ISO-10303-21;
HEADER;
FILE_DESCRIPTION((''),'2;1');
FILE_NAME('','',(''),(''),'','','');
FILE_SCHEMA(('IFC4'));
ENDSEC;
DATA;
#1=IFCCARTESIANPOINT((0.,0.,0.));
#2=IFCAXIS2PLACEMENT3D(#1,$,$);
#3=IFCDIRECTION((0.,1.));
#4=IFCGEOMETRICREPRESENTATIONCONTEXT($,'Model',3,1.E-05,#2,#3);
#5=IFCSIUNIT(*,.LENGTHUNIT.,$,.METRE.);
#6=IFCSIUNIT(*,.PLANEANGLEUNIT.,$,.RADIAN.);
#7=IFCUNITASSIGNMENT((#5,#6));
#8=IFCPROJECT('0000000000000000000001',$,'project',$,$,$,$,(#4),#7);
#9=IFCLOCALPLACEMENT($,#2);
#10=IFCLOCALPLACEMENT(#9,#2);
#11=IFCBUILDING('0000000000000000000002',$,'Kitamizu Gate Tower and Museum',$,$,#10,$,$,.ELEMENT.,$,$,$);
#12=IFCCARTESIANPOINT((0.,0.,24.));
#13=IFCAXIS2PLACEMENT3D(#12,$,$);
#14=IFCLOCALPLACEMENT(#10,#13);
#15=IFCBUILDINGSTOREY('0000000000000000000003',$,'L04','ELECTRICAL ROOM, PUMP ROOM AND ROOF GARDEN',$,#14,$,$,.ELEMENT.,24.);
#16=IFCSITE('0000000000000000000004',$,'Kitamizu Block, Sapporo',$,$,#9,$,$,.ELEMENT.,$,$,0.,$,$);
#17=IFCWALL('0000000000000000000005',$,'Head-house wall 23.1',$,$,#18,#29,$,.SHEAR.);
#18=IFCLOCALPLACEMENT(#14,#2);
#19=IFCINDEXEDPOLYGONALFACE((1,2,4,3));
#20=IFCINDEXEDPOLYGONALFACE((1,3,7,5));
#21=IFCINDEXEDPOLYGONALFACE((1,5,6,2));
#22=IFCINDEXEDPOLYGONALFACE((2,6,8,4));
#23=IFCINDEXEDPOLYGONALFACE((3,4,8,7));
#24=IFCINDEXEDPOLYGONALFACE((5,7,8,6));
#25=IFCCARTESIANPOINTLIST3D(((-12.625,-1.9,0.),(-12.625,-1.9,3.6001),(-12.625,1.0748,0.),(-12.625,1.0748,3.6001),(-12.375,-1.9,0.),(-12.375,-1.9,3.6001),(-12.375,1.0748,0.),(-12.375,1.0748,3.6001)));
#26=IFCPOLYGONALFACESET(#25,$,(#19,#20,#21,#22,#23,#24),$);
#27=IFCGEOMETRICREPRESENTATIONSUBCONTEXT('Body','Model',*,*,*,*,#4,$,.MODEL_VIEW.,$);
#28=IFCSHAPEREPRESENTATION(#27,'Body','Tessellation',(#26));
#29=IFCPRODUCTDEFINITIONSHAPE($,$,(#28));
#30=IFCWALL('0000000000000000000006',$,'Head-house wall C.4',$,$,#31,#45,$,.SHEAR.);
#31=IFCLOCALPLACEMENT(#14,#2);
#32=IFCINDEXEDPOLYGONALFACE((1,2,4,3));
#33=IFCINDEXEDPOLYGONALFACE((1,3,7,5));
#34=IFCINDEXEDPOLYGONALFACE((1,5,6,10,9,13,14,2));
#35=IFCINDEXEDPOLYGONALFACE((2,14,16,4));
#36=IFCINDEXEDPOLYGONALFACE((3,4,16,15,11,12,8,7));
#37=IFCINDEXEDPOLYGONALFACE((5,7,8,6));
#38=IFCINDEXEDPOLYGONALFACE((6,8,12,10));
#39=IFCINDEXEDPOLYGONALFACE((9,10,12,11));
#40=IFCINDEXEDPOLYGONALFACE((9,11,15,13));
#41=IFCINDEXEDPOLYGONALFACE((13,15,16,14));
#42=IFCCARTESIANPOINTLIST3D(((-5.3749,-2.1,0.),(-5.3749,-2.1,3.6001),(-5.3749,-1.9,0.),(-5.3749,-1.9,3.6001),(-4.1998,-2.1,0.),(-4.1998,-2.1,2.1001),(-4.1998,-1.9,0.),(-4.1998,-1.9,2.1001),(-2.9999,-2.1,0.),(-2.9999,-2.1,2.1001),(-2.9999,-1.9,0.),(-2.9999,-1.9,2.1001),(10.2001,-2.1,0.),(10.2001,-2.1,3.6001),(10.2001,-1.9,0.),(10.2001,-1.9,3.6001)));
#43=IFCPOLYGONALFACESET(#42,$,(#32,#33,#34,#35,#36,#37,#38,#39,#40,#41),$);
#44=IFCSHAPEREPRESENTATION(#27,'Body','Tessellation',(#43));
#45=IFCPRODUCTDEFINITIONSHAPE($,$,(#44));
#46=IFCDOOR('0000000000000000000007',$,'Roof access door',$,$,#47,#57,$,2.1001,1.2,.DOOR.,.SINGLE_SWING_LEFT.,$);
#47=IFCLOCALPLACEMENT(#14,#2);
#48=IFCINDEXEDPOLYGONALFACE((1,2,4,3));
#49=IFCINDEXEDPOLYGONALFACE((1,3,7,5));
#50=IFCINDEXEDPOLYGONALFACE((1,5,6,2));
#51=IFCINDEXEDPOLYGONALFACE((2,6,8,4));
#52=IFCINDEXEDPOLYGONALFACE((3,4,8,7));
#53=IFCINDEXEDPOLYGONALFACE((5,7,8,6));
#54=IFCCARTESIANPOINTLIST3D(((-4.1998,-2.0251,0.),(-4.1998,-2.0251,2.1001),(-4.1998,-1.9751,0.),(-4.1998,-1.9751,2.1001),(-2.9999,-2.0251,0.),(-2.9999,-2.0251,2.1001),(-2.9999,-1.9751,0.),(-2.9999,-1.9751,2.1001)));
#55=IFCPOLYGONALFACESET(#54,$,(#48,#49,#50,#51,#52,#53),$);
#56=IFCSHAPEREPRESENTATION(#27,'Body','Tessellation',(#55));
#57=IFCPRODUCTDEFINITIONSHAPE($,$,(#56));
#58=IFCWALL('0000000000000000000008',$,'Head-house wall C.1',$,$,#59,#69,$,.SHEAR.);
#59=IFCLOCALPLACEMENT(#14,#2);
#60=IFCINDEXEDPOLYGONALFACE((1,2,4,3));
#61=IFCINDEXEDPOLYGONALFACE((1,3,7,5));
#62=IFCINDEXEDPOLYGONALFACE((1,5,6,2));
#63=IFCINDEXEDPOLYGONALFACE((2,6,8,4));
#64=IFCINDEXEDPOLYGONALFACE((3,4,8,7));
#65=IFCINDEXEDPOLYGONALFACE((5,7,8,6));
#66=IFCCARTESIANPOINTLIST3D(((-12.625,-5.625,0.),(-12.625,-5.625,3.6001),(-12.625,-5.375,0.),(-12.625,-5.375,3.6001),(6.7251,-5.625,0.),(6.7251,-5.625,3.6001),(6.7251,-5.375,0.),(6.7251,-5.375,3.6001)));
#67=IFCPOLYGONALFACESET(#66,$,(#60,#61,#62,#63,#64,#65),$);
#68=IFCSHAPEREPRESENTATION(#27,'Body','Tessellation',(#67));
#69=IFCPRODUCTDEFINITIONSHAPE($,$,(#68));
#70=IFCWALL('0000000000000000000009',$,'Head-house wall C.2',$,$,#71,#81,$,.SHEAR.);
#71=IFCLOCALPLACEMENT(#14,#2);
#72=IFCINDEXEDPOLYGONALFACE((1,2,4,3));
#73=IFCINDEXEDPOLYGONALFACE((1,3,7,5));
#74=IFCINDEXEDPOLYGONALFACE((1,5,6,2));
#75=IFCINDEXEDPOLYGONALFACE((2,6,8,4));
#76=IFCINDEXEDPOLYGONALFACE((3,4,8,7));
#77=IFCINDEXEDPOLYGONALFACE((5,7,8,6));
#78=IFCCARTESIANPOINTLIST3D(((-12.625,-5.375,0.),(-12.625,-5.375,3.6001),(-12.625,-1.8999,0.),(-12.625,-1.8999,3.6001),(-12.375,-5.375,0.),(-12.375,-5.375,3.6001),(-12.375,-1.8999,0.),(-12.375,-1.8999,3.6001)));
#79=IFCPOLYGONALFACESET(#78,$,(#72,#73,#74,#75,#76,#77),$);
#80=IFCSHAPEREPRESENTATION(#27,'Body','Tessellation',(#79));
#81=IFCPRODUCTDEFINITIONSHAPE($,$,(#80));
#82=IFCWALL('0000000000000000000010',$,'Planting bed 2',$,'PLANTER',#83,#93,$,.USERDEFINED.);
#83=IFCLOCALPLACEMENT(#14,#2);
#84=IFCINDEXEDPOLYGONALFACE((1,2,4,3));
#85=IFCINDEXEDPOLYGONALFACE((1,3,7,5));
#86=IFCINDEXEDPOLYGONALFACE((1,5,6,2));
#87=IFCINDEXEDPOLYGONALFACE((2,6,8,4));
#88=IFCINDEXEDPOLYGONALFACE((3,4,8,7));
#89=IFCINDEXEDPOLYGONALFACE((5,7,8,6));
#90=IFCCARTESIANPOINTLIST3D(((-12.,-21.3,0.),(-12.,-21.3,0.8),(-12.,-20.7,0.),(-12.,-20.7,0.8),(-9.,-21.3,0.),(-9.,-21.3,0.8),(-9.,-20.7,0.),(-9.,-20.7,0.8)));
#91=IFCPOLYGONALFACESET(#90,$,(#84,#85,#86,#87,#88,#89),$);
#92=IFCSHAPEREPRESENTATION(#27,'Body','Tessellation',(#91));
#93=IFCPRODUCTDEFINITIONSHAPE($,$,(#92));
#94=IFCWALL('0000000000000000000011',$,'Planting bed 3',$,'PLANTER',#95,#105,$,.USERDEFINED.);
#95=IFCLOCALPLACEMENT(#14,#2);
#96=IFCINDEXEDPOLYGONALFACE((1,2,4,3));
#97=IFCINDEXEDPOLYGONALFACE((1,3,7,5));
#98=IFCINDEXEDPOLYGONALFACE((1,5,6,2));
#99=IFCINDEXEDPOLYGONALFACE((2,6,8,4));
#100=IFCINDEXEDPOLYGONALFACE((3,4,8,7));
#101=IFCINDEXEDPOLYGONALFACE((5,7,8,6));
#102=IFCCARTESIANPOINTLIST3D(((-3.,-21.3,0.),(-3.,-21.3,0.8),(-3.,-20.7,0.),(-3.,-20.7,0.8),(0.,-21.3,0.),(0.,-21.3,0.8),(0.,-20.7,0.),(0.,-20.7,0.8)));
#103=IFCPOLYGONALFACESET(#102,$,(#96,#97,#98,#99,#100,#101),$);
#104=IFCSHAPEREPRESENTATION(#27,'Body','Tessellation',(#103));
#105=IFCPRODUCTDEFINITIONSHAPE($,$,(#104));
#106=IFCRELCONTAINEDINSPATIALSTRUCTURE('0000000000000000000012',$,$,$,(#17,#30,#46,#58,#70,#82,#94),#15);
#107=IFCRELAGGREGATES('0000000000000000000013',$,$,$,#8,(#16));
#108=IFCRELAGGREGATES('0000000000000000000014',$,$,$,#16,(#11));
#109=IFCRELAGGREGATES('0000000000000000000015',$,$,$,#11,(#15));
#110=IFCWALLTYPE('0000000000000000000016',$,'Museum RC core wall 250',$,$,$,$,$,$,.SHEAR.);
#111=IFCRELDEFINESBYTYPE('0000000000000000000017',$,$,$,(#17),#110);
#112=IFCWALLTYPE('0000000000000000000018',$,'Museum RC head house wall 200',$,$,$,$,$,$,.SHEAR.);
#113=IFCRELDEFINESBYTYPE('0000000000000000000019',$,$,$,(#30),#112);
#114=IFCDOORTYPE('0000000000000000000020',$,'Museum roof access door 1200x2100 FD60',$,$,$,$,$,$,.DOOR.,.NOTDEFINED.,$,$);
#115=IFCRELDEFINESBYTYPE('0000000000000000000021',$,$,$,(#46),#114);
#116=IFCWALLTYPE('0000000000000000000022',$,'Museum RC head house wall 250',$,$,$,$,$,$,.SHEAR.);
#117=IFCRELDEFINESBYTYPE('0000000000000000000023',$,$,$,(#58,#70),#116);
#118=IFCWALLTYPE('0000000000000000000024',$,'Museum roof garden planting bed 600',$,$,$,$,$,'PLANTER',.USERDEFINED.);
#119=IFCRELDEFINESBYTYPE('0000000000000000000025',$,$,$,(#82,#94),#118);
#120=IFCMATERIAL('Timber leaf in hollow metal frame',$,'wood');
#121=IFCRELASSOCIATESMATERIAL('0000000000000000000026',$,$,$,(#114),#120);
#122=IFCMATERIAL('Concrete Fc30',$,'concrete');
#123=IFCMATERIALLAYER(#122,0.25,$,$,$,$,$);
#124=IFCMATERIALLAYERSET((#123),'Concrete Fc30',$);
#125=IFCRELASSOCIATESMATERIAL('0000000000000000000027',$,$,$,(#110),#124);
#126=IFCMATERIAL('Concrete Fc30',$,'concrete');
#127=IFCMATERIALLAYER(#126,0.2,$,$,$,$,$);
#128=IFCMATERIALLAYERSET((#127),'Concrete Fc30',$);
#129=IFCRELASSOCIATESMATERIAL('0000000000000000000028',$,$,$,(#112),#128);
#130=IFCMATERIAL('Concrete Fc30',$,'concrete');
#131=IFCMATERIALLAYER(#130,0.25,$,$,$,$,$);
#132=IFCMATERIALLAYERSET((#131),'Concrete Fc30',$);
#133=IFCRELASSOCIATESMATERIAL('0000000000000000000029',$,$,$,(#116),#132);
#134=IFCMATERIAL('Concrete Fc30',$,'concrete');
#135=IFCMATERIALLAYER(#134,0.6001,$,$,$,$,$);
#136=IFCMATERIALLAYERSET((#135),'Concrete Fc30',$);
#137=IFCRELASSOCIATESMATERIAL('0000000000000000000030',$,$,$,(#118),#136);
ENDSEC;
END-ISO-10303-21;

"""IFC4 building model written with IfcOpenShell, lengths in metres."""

from ifc_helpers import new_model, si_unit, direction, frame, frame_2d, origin, place, context, subcontext, project, spatial, rectangle, extrude, material, layer, layer_set, type_object, element, fill, save


model = new_model("IFC4")

# Units and contexts
model_context = context("Model", 3, precision=1e-05, world=origin(), true_north=direction((0.0, 1.0)))
body_context = subcontext(model_context, "Body", "Model", "MODEL_VIEW")
ifc_project = project(units=[si_unit("LENGTHUNIT", "METRE"), si_unit("PLANEANGLEUNIT", "RADIAN")], contexts=[model_context])

# Site, building, storey
site_placement = place(None, origin())
site = spatial("IfcSite", under=ifc_project, at=site_placement, Name="Kitamizu Block, Sapporo", CompositionType="ELEMENT", RefElevation=0.0)
building_placement = place(site_placement, origin())
building = spatial("IfcBuilding", under=site, at=building_placement, Name="Kitamizu Gate Tower and Museum", CompositionType="ELEMENT")
storey_placement = place(building_placement, frame((0.0, 0.0, 24.0)))
storey = spatial("IfcBuildingStorey", under=building, at=storey_placement, Name="L04", Description="ELECTRICAL ROOM, PUMP ROOM AND ROOF GARDEN", CompositionType="ELEMENT", Elevation=24.0)

# Shared definitions
ifc_material_1 = material(Name="Timber leaf in hollow metal frame", Category="wood")
door_type = type_object("IfcDoorType", Name="Museum roof access door 1200x2100 FD60", OperationType="NOTDEFINED", PredefinedType="DOOR", material=ifc_material_1)

# Wall
ifc_material_2 = material(Name="Concrete Fc30", Category="concrete")
ifc_layer_1 = layer(ifc_material_2, 0.25)
ifc_layer_set_1 = layer_set([ifc_layer_1], Name="Concrete Fc30")
wall_type_1 = type_object("IfcWallType", Name="Museum RC core wall 250", PredefinedType="SHEAR", material=ifc_layer_set_1)
for number, where, z_axis, x_axis, name in (
    (1, (-12.5, -1.8999, 0.0), (0.0, 0.0, 1.0), (0.0, 1.0, 0.0), "Head-house wall 23.1"),
):
    element("IfcWall", number, at=place(storey_placement, frame(where, z_axis=z_axis, x_axis=x_axis)), inside=storey, type_object=wall_type_1, Name=name, PredefinedType="SHEAR", context=body_context, shape_type="SweptSolid", body=[
        extrude(rectangle(XDim=2.9749, YDim=0.25, at=frame_2d((1.4873, 0.0))), origin(), (0.0, 0.0, 1.0), 3.6001),
    ])

# Wall, opening, door
ifc_material_3 = material(Name="Concrete Fc30", Category="concrete")
ifc_layer_2 = layer(ifc_material_3, 0.2)
ifc_layer_set_2 = layer_set([ifc_layer_2], Name="Concrete Fc30")
wall_type_2 = type_object("IfcWallType", Name="Museum RC head house wall 200", PredefinedType="SHEAR", material=ifc_layer_set_2)
wall_1_placement = place(storey_placement, frame((-5.375, -2.0, 0.0), z_axis=(0.0, 0.0, 1.0), x_axis=(1.0, 0.0, 0.0)))
wall_1 = element("IfcWall", 2, at=wall_1_placement, inside=storey, type_object=wall_type_2, Name="Head-house wall C.4", PredefinedType="SHEAR", context=body_context, shape_type="SweptSolid", body=[
    extrude(rectangle(XDim=15.575, YDim=0.2, at=frame_2d((7.7876, 0.0))), origin(), (0.0, 0.0, 1.0), 3.6001),
])
opening_1_placement = place(wall_1_placement, frame((1.175, 0.0, 0.0)))
opening_1 = element("IfcOpeningElement", 3, at=opening_1_placement, cuts=wall_1, PredefinedType="OPENING", context=body_context, shape_type="SweptSolid", body=[
    extrude(rectangle(XDim=1.2, YDim=2.1001, at=frame_2d((0.6001, 1.05))), frame((0.0, 0.1099, 0.0), z_axis=(0.0, -1.0, 0.0), x_axis=(1.0, 0.0, 0.0)), (0.0, 0.0, 1.0), 0.22),
])
door_1_placement = place(opening_1_placement, origin())
door_1 = element("IfcDoor", 4, at=door_1_placement, inside=storey, type_object=door_type, Name="Roof access door", OperationType="SINGLE_SWING_LEFT", OverallHeight=2.1001, OverallWidth=1.2, PredefinedType="DOOR", context=body_context, shape_type="SweptSolid", body=[
    extrude(rectangle(XDim=1.2, YDim=2.1001, at=frame_2d((0.6001, 1.05))), frame((0.0, 0.0249, 0.0), z_axis=(0.0, -1.0, 0.0), x_axis=(1.0, 0.0, 0.0)), (0.0, 0.0, 1.0), 0.05),
])
fill(opening_1, door_1)

# Walls
ifc_material_4 = material(Name="Concrete Fc30", Category="concrete")
ifc_layer_3 = layer(ifc_material_4, 0.25)
ifc_layer_set_3 = layer_set([ifc_layer_3], Name="Concrete Fc30")
wall_type_3 = type_object("IfcWallType", Name="Museum RC head house wall 250", PredefinedType="SHEAR", material=ifc_layer_set_3)
wall_2_placement = place(storey_placement, frame((-12.625, -5.5, 0.0), z_axis=(0.0, 0.0, 1.0), x_axis=(1.0, 0.0, 0.0)))
element("IfcWall", 5, at=wall_2_placement, inside=storey, type_object=wall_type_3, Name="Head-house wall C.1", PredefinedType="SHEAR", context=body_context, shape_type="SweptSolid", body=[
    extrude(rectangle(XDim=19.3501, YDim=0.25, at=frame_2d((9.675, 0.0))), origin(), (0.0, 0.0, 1.0), 3.6001),
])
wall_3_placement = place(storey_placement, frame((-12.5, -5.375, 0.0), z_axis=(0.0, 0.0, 1.0), x_axis=(0.0, 1.0, 0.0)))
element("IfcWall", 6, at=wall_3_placement, inside=storey, type_object=wall_type_3, Name="Head-house wall C.2", PredefinedType="SHEAR", context=body_context, shape_type="SweptSolid", body=[
    extrude(rectangle(XDim=3.4751, YDim=0.25, at=frame_2d((1.7375, 0.0))), origin(), (0.0, 0.0, 1.0), 3.6001),
])
ifc_material_5 = material(Name="Concrete Fc30", Category="concrete")
ifc_layer_4 = layer(ifc_material_5, 0.6001)
ifc_layer_set_4 = layer_set([ifc_layer_4], Name="Concrete Fc30")
wall_type_4 = type_object("IfcWallType", Name="Museum roof garden planting bed 600", ElementType="PLANTER", PredefinedType="USERDEFINED", material=ifc_layer_set_4)
for number, where, z_axis, x_axis, name in (
    (7, (-12.0, -21.0, 0.0), (0.0, 0.0, 1.0), (1.0, 0.0, 0.0), "Planting bed 2"),
    (8, (-3.0, -21.0, 0.0), (0.0, 0.0, 1.0), (1.0, 0.0, 0.0), "Planting bed 3"),
):
    element("IfcWall", number, at=place(storey_placement, frame(where, z_axis=z_axis, x_axis=x_axis)), inside=storey, type_object=wall_type_4, Name=name, ObjectType="PLANTER", PredefinedType="USERDEFINED", context=body_context, shape_type="SweptSolid", body=[
        extrude(rectangle(XDim=3.0, YDim=0.6001, at=frame_2d((1.5, 0.0))), origin(), (0.0, 0.0, 1.0), 0.8),
    ])

save(model, "model.ifc")
